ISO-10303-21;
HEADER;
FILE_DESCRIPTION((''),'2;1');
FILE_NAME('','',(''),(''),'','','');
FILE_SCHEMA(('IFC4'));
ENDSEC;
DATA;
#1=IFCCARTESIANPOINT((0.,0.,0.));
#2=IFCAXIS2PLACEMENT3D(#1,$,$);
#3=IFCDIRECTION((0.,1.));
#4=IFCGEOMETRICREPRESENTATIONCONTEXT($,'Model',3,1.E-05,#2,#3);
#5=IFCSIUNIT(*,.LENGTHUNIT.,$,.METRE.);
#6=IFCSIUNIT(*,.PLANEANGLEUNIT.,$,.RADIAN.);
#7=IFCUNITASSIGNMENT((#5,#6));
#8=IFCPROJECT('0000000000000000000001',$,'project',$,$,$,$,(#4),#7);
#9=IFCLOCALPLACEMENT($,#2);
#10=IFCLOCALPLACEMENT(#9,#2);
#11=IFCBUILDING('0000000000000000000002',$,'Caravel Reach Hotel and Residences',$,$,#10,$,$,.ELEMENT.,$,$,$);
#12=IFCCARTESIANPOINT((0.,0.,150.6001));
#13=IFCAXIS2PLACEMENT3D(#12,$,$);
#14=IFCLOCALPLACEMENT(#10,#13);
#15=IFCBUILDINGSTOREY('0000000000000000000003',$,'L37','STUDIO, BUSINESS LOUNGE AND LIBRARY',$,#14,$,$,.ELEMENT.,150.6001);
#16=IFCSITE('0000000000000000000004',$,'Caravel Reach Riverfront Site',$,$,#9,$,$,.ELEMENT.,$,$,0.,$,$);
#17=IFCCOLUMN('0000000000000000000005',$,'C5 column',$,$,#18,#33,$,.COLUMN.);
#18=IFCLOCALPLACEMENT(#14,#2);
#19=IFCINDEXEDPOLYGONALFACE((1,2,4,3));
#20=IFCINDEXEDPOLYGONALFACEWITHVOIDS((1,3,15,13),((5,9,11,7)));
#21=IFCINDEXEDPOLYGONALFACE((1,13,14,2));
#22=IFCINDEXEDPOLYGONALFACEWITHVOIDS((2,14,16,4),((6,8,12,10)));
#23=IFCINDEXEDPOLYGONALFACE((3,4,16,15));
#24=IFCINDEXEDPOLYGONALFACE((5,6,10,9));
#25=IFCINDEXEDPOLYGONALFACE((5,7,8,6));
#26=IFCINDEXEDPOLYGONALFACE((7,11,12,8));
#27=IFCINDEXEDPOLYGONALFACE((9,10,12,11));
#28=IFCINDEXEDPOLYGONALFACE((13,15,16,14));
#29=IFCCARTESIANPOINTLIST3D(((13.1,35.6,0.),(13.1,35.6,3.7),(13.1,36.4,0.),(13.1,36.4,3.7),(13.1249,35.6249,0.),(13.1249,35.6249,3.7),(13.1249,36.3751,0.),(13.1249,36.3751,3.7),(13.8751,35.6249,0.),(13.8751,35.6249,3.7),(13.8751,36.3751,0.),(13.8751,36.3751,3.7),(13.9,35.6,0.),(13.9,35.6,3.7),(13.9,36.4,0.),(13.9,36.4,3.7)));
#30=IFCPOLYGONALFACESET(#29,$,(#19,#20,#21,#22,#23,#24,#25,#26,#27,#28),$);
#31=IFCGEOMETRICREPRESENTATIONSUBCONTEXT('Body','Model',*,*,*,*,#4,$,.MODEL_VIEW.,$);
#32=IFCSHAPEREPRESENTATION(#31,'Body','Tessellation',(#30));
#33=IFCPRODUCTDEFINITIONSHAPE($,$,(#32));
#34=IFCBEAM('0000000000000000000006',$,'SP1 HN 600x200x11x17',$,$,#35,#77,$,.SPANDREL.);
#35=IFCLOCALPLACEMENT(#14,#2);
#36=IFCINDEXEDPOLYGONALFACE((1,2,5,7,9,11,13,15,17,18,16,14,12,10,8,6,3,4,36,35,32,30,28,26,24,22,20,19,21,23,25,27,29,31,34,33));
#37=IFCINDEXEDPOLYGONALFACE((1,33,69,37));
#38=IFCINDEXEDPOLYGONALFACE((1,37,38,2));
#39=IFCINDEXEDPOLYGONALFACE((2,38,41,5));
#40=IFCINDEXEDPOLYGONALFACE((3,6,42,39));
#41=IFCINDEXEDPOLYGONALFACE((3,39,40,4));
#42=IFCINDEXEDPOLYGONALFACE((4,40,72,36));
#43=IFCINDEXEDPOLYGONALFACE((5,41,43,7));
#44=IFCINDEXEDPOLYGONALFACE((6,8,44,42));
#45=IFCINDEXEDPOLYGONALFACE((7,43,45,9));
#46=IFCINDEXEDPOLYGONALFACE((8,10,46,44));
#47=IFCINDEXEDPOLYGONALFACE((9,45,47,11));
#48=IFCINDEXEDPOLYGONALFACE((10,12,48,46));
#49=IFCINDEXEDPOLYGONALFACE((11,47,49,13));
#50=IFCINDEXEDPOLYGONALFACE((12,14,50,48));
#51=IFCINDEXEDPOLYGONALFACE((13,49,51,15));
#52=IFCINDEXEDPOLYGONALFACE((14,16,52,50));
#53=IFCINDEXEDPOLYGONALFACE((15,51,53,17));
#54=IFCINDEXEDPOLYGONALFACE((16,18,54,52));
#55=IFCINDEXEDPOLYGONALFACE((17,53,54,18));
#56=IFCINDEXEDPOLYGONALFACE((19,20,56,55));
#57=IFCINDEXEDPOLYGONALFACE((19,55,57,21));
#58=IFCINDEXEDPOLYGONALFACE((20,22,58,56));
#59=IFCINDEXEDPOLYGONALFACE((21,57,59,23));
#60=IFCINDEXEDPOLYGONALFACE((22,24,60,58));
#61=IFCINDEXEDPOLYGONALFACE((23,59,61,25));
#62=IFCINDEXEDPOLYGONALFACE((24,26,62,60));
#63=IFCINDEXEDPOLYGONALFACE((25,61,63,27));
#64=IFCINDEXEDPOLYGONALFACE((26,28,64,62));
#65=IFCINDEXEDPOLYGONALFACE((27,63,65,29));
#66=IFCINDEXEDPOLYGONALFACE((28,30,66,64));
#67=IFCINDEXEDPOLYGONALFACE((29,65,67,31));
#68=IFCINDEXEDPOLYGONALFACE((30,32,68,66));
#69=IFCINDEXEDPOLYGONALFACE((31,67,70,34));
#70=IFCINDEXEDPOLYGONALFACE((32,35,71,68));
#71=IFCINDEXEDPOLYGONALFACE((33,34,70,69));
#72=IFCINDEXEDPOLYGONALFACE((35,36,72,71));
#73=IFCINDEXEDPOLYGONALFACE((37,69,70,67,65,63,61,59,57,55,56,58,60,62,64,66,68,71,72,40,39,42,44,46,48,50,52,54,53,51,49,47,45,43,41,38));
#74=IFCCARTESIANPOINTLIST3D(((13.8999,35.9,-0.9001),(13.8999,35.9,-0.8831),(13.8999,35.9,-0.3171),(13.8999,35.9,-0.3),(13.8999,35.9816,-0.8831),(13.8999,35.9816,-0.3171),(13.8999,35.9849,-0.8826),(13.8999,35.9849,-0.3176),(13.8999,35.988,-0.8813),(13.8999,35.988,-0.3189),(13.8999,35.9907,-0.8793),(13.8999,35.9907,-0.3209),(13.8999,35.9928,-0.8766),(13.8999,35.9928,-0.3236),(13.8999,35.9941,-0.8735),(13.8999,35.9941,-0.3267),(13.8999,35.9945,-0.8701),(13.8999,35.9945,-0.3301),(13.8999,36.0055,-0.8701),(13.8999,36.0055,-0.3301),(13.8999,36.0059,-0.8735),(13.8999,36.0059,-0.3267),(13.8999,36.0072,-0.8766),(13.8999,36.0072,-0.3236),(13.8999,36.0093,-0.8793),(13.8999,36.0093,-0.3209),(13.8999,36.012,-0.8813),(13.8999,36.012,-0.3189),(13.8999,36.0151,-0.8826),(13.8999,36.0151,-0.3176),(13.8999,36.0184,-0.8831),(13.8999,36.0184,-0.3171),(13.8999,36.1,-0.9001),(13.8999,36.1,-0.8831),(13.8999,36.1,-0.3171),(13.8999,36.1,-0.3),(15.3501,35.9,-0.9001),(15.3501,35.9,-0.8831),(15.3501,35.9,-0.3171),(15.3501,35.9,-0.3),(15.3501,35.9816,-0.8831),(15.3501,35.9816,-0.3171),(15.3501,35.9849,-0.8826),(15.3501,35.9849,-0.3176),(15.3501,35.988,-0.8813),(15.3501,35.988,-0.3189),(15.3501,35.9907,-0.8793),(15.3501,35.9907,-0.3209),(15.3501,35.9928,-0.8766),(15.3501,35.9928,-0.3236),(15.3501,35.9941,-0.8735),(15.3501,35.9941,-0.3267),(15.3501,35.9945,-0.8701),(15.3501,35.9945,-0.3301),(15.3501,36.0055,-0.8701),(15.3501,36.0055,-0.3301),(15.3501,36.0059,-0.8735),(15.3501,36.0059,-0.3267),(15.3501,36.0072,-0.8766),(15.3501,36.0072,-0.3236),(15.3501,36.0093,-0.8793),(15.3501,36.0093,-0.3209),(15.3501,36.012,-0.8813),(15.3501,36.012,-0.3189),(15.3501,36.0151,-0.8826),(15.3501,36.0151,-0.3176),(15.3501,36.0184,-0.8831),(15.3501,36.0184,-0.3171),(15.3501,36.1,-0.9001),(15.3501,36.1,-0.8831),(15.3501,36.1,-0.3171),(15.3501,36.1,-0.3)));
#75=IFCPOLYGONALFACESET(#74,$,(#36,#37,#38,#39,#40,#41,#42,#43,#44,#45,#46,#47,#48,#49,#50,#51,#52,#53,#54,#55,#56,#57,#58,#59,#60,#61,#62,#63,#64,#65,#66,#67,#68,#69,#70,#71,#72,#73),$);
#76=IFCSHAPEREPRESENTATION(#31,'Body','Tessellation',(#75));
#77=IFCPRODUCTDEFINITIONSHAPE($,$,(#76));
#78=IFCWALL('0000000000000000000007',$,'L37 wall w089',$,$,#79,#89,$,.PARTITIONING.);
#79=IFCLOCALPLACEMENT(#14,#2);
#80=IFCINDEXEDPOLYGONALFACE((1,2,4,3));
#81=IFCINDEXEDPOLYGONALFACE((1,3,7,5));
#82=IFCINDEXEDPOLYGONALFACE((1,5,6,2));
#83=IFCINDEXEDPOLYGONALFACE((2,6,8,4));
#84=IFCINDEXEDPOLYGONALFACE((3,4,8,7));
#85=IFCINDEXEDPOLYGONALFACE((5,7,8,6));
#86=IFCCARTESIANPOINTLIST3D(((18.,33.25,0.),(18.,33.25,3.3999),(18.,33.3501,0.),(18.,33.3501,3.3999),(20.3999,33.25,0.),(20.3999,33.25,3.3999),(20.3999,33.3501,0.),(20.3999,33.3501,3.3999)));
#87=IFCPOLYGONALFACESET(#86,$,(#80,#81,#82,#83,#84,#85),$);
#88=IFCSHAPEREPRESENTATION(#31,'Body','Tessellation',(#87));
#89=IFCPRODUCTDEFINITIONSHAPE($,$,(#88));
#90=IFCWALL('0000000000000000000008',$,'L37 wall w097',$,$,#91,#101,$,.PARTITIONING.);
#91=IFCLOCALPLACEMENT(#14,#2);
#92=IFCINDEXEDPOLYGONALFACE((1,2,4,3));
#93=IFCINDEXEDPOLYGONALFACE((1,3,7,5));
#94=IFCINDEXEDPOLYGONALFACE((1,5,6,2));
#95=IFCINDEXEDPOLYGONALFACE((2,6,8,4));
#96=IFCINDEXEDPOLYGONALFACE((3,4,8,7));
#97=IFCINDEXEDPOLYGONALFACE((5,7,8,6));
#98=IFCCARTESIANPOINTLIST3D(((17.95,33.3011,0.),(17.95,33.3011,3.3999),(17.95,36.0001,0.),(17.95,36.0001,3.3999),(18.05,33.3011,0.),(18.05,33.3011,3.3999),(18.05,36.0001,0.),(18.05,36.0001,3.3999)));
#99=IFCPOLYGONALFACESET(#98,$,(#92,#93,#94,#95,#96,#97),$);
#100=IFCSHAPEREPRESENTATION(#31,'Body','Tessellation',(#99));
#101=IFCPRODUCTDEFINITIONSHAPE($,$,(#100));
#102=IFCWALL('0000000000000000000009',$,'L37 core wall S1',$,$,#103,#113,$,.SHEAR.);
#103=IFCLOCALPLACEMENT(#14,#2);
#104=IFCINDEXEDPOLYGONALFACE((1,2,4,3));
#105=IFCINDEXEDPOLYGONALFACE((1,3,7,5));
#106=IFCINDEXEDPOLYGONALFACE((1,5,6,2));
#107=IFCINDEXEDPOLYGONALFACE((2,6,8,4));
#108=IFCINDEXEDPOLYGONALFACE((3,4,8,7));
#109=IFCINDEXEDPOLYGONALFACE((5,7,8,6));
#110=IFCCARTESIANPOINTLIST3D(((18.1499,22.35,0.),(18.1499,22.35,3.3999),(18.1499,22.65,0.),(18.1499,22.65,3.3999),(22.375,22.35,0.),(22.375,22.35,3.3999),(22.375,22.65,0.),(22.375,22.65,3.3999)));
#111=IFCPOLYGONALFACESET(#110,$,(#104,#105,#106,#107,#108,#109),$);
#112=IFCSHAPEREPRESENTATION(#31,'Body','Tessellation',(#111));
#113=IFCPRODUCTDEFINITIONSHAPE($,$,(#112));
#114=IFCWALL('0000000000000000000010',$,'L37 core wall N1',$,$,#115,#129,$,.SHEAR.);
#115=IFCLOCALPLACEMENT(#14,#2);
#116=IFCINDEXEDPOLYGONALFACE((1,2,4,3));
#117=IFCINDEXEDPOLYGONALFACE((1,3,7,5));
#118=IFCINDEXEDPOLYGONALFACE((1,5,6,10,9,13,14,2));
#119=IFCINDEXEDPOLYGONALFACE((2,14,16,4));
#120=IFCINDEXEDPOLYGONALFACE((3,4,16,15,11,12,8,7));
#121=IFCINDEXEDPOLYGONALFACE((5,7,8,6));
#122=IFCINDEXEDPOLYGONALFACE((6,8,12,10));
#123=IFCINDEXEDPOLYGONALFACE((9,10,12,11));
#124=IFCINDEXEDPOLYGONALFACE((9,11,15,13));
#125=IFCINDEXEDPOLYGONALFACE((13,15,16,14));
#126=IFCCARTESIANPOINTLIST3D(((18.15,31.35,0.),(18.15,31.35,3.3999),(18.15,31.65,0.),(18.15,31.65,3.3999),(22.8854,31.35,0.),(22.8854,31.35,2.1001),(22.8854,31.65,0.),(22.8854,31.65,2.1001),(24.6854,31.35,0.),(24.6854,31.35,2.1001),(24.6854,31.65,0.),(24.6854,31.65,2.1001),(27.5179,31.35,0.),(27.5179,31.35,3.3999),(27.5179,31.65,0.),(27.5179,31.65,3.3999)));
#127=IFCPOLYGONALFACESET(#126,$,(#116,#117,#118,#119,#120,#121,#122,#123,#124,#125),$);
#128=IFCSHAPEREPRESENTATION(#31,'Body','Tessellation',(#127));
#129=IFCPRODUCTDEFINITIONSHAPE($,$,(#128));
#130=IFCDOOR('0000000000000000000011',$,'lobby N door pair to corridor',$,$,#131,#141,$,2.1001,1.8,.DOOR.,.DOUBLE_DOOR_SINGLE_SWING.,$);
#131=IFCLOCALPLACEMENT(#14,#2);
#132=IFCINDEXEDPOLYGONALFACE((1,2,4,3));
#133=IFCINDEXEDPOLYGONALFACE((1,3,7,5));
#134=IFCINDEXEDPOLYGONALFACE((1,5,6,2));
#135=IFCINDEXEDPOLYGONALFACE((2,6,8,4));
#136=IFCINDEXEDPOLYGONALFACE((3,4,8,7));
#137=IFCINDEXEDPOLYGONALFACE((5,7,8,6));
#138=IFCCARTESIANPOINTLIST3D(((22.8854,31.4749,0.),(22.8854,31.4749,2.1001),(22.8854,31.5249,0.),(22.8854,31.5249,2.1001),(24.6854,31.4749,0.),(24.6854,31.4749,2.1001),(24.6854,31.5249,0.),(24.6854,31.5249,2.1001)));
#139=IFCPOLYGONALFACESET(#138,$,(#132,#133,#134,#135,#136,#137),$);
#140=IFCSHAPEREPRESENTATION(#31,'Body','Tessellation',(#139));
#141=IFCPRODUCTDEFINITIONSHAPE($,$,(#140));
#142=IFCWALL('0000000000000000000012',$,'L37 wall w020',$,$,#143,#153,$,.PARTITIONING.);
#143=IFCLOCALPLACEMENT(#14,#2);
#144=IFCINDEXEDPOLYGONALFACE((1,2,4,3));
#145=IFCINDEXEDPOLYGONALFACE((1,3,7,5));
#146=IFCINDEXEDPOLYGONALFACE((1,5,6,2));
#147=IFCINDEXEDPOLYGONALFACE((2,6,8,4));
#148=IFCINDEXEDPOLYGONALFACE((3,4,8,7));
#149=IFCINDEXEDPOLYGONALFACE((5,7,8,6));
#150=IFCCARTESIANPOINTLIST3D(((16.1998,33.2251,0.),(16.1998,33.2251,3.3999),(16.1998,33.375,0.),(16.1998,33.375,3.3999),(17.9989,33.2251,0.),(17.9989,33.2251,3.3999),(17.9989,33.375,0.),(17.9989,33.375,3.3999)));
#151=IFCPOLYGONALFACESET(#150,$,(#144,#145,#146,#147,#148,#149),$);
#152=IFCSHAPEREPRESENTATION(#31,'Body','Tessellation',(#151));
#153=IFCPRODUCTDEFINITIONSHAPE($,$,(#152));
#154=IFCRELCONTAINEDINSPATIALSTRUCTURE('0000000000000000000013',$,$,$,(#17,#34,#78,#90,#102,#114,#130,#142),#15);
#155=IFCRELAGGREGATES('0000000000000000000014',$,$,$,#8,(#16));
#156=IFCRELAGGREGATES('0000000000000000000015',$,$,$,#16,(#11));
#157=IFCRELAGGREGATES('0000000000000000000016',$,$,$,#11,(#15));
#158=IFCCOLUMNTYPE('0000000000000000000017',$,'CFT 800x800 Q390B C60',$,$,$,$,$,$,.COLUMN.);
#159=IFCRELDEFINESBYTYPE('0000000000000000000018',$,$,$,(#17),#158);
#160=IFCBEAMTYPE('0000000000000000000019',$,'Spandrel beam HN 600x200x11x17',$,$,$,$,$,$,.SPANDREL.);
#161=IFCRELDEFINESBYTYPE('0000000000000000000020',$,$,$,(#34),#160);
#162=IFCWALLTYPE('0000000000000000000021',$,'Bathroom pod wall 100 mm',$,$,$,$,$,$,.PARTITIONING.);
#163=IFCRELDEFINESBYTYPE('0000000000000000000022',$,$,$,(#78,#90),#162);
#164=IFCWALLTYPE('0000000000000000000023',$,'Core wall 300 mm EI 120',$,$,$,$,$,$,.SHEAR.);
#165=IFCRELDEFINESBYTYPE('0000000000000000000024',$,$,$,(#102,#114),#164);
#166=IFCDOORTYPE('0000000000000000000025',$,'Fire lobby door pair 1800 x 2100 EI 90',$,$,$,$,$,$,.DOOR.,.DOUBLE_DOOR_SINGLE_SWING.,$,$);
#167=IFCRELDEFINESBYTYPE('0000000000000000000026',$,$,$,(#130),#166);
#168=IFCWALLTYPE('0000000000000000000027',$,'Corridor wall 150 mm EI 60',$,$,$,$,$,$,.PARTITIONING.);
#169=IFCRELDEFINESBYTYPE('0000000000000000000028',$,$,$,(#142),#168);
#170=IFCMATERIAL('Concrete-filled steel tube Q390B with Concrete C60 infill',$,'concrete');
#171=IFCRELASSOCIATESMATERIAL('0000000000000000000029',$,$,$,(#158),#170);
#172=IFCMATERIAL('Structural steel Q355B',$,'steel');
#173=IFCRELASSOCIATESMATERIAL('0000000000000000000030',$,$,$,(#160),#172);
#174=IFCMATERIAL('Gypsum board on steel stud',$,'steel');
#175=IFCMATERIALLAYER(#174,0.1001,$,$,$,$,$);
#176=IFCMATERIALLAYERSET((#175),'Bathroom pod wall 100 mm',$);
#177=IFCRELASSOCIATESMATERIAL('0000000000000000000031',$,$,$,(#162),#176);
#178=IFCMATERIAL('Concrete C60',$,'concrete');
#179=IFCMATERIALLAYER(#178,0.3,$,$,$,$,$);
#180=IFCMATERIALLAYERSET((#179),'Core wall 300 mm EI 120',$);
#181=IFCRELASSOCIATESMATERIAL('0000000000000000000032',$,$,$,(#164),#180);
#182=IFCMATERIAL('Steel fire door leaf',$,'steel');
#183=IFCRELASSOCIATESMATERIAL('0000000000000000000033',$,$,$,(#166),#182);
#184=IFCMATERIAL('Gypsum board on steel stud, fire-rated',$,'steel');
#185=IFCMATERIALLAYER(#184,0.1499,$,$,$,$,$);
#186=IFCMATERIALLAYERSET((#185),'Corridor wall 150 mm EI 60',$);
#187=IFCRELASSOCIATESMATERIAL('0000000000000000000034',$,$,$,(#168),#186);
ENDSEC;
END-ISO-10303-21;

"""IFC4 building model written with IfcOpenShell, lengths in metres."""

from ifc_helpers import new_model, si_unit, direction, frame, frame_2d, origin, origin_2d, place, context, subcontext, project, spatial, rectangle, hollow_rectangle, i_section, extrude, material, layer, layer_set, material_profile, profile_set, type_object, element, fill, save


model = new_model("IFC4")

# Units and contexts
model_context = context("Model", 3, precision=1e-05, world=origin(), true_north=direction((0.0, 1.0)))
body_context = subcontext(model_context, "Body", "Model", "MODEL_VIEW")
ifc_project = project(units=[si_unit("LENGTHUNIT", "METRE"), si_unit("PLANEANGLEUNIT", "RADIAN")], contexts=[model_context])

# Site, building, storey
site_placement = place(None, origin())
site = spatial("IfcSite", under=ifc_project, at=site_placement, Name="Caravel Reach Riverfront Site", CompositionType="ELEMENT", RefElevation=0.0)
building_placement = place(site_placement, origin())
building = spatial("IfcBuilding", under=site, at=building_placement, Name="Caravel Reach Hotel and Residences", CompositionType="ELEMENT")
storey_placement = place(building_placement, frame((0.0, 0.0, 150.6001)))
storey = spatial("IfcBuildingStorey", under=building, at=storey_placement, Name="L37", Description="STUDIO, BUSINESS LOUNGE AND LIBRARY", CompositionType="ELEMENT", Elevation=150.6001)

# Column
ifc_material_1 = material(Name="Concrete-filled steel tube Q390B with Concrete C60 infill", Category="concrete")
ifc_material_profile_1 = material_profile(ifc_material_1, hollow_rectangle(XDim=0.8, YDim=0.8, WallThickness=0.0249, at=origin_2d()), Name="RHS 800x800x25")
ifc_profile_set_1 = profile_set([ifc_material_profile_1], Name="Concrete-filled steel tube Q390B with Concrete C60 infill")
column_type = type_object("IfcColumnType", Name="CFT 800x800 Q390B C60", PredefinedType="COLUMN", material=ifc_profile_set_1)
column_placement = place(storey_placement, frame((13.5, 36.0, 0.0), z_axis=(0.0, 0.0, 1.0), x_axis=(1.0, 0.0, 0.0)))
element("IfcColumn", 1, at=column_placement, inside=storey, type_object=column_type, Name="C5 column", PredefinedType="COLUMN", context=body_context, shape_type="SweptSolid", body=[
    extrude(hollow_rectangle(XDim=0.8, YDim=0.8, WallThickness=0.0249, at=origin_2d()), origin(), (0.0, 0.0, 1.0), 3.7),
])

# Beam
ifc_material_2 = material(Name="Structural steel Q355B", Category="steel")
ifc_material_profile_2 = material_profile(ifc_material_2, i_section(OverallWidth=0.2, OverallDepth=0.6001, WebThickness=0.011, FlangeThickness=0.0171, FilletRadius=0.0129, at=origin_2d()), Name="HN 600x200x11x17")
ifc_profile_set_2 = profile_set([ifc_material_profile_2], Name="Structural steel Q355B")
beam_type = type_object("IfcBeamType", Name="Spandrel beam HN 600x200x11x17", PredefinedType="SPANDREL", material=ifc_profile_set_2)
beam_placement = place(storey_placement, frame((15.3501, 36.0, -0.6001), z_axis=(-1.0, 0.0, 0.0), x_axis=(0.0, -1.0, 0.0)))
element("IfcBeam", 2, at=beam_placement, inside=storey, type_object=beam_type, Name="SP1 HN 600x200x11x17", PredefinedType="SPANDREL", context=body_context, shape_type="SweptSolid", body=[
    extrude(i_section(OverallWidth=0.2, OverallDepth=0.6001, WebThickness=0.011, FlangeThickness=0.0171, FilletRadius=0.0129, at=origin_2d()), origin(), (0.0, 0.0, 1.0), 1.4502),
])

# Walls
ifc_material_3 = material(Name="Gypsum board on steel stud", Category="steel")
ifc_layer_1 = layer(ifc_material_3, 0.1001)
ifc_layer_set_1 = layer_set([ifc_layer_1], Name="Bathroom pod wall 100 mm")
wall_type_1 = type_object("IfcWallType", Name="Bathroom pod wall 100 mm", PredefinedType="PARTITIONING", material=ifc_layer_set_1)
wall_1_placement = place(storey_placement, frame((18.0, 33.3, 0.0), z_axis=(0.0, 0.0, 1.0), x_axis=(1.0, 0.0, 0.0)))
element("IfcWall", 3, at=wall_1_placement, inside=storey, type_object=wall_type_1, Name="L37 wall w089", PredefinedType="PARTITIONING", context=body_context, shape_type="SweptSolid", body=[
    extrude(rectangle(XDim=2.3999, YDim=0.1001, at=frame_2d((1.2, 0.0))), origin(), (0.0, 0.0, 1.0), 3.3999),
])
wall_2_placement = place(storey_placement, frame((18.0, 33.301, 0.0), z_axis=(0.0, 0.0, 1.0), x_axis=(0.0, 1.0, 0.0)))
element("IfcWall", 4, at=wall_2_placement, inside=storey, type_object=wall_type_1, Name="L37 wall w097", PredefinedType="PARTITIONING", context=body_context, shape_type="SweptSolid", body=[
    extrude(rectangle(XDim=2.699, YDim=0.1001, at=frame_2d((1.3496, 0.0))), origin(), (0.0, 0.0, 1.0), 3.3999),
])
ifc_material_4 = material(Name="Concrete C60", Category="concrete")
ifc_layer_2 = layer(ifc_material_4, 0.3)
ifc_layer_set_2 = layer_set([ifc_layer_2], Name="Core wall 300 mm EI 120")
wall_type_2 = type_object("IfcWallType", Name="Core wall 300 mm EI 120", PredefinedType="SHEAR", material=ifc_layer_set_2)
wall_3_placement = place(storey_placement, frame((18.1499, 22.5, 0.0), z_axis=(0.0, 0.0, 1.0), x_axis=(1.0, 0.0, 0.0)))
element("IfcWall", 5, at=wall_3_placement, inside=storey, type_object=wall_type_2, Name="L37 core wall S1", PredefinedType="SHEAR", context=body_context, shape_type="SweptSolid", body=[
    extrude(rectangle(XDim=4.2251, YDim=0.3, at=frame_2d((2.1125, 0.0))), origin(), (0.0, 0.0, 1.0), 3.3999),
])

# Wall, opening, door
wall_4_placement = place(storey_placement, frame((18.1499, 31.5, 0.0), z_axis=(0.0, 0.0, 1.0), x_axis=(1.0, 0.0, 0.0)))
wall_4 = element("IfcWall", 6, at=wall_4_placement, inside=storey, type_object=wall_type_2, Name="L37 core wall N1", PredefinedType="SHEAR", context=body_context, shape_type="SweptSolid", body=[
    extrude(rectangle(XDim=9.3679, YDim=0.3, at=frame_2d((4.6841, 0.0))), origin(), (0.0, 0.0, 1.0), 3.3999),
])
opening_1_placement = place(wall_4_placement, frame((4.7356, 0.0, 0.0)))
opening_1 = element("IfcOpeningElement", 7, at=opening_1_placement, cuts=wall_4, PredefinedType="OPENING", context=body_context, shape_type="SweptSolid", body=[
    extrude(rectangle(XDim=1.8, YDim=2.1001, at=frame_2d((0.8999, 1.05))), frame((0.0, 0.1599, 0.0), z_axis=(0.0, -1.0, 0.0), x_axis=(1.0, 0.0, 0.0)), (0.0, 0.0, 1.0), 0.3201),
])
ifc_material_5 = material(Name="Steel fire door leaf", Category="steel")
door_type_1 = type_object("IfcDoorType", Name="Fire lobby door pair 1800 x 2100 EI 90", OperationType="DOUBLE_DOOR_SINGLE_SWING", PredefinedType="DOOR", material=ifc_material_5)
door_1_placement = place(opening_1_placement, origin())
door_1 = element("IfcDoor", 8, at=door_1_placement, inside=storey, type_object=door_type_1, Name="lobby N door pair to corridor", OperationType="DOUBLE_DOOR_SINGLE_SWING", OverallHeight=2.1001, OverallWidth=1.8, PredefinedType="DOOR", context=body_context, shape_type="SweptSolid", body=[
    extrude(rectangle(XDim=1.8, YDim=2.1001, at=frame_2d((0.8999, 1.05))), frame((0.0, 0.0249, 0.0), z_axis=(0.0, -1.0, 0.0), x_axis=(1.0, 0.0, 0.0)), (0.0, 0.0, 1.0), 0.05),
])
fill(opening_1, door_1)

# Wall
ifc_material_6 = material(Name="Gypsum board on steel stud, fire-rated", Category="steel")
ifc_layer_3 = layer(ifc_material_6, 0.1499)
ifc_layer_set_3 = layer_set([ifc_layer_3], Name="Corridor wall 150 mm EI 60")
wall_type_3 = type_object("IfcWallType", Name="Corridor wall 150 mm EI 60", PredefinedType="PARTITIONING", material=ifc_layer_set_3)
wall_5_placement = place(storey_placement, frame((16.2, 33.3, 0.0), z_axis=(0.0, 0.0, 1.0), x_axis=(1.0, 0.0, 0.0)))
element("IfcWall", 9, at=wall_5_placement, inside=storey, type_object=wall_type_3, Name="L37 wall w020", PredefinedType="PARTITIONING", context=body_context, shape_type="SweptSolid", body=[
    extrude(rectangle(XDim=1.7991, YDim=0.1499, at=frame_2d((0.8994, 0.0))), origin(), (0.0, 0.0, 1.0), 3.3999),
])

save(model, "model.ifc")
